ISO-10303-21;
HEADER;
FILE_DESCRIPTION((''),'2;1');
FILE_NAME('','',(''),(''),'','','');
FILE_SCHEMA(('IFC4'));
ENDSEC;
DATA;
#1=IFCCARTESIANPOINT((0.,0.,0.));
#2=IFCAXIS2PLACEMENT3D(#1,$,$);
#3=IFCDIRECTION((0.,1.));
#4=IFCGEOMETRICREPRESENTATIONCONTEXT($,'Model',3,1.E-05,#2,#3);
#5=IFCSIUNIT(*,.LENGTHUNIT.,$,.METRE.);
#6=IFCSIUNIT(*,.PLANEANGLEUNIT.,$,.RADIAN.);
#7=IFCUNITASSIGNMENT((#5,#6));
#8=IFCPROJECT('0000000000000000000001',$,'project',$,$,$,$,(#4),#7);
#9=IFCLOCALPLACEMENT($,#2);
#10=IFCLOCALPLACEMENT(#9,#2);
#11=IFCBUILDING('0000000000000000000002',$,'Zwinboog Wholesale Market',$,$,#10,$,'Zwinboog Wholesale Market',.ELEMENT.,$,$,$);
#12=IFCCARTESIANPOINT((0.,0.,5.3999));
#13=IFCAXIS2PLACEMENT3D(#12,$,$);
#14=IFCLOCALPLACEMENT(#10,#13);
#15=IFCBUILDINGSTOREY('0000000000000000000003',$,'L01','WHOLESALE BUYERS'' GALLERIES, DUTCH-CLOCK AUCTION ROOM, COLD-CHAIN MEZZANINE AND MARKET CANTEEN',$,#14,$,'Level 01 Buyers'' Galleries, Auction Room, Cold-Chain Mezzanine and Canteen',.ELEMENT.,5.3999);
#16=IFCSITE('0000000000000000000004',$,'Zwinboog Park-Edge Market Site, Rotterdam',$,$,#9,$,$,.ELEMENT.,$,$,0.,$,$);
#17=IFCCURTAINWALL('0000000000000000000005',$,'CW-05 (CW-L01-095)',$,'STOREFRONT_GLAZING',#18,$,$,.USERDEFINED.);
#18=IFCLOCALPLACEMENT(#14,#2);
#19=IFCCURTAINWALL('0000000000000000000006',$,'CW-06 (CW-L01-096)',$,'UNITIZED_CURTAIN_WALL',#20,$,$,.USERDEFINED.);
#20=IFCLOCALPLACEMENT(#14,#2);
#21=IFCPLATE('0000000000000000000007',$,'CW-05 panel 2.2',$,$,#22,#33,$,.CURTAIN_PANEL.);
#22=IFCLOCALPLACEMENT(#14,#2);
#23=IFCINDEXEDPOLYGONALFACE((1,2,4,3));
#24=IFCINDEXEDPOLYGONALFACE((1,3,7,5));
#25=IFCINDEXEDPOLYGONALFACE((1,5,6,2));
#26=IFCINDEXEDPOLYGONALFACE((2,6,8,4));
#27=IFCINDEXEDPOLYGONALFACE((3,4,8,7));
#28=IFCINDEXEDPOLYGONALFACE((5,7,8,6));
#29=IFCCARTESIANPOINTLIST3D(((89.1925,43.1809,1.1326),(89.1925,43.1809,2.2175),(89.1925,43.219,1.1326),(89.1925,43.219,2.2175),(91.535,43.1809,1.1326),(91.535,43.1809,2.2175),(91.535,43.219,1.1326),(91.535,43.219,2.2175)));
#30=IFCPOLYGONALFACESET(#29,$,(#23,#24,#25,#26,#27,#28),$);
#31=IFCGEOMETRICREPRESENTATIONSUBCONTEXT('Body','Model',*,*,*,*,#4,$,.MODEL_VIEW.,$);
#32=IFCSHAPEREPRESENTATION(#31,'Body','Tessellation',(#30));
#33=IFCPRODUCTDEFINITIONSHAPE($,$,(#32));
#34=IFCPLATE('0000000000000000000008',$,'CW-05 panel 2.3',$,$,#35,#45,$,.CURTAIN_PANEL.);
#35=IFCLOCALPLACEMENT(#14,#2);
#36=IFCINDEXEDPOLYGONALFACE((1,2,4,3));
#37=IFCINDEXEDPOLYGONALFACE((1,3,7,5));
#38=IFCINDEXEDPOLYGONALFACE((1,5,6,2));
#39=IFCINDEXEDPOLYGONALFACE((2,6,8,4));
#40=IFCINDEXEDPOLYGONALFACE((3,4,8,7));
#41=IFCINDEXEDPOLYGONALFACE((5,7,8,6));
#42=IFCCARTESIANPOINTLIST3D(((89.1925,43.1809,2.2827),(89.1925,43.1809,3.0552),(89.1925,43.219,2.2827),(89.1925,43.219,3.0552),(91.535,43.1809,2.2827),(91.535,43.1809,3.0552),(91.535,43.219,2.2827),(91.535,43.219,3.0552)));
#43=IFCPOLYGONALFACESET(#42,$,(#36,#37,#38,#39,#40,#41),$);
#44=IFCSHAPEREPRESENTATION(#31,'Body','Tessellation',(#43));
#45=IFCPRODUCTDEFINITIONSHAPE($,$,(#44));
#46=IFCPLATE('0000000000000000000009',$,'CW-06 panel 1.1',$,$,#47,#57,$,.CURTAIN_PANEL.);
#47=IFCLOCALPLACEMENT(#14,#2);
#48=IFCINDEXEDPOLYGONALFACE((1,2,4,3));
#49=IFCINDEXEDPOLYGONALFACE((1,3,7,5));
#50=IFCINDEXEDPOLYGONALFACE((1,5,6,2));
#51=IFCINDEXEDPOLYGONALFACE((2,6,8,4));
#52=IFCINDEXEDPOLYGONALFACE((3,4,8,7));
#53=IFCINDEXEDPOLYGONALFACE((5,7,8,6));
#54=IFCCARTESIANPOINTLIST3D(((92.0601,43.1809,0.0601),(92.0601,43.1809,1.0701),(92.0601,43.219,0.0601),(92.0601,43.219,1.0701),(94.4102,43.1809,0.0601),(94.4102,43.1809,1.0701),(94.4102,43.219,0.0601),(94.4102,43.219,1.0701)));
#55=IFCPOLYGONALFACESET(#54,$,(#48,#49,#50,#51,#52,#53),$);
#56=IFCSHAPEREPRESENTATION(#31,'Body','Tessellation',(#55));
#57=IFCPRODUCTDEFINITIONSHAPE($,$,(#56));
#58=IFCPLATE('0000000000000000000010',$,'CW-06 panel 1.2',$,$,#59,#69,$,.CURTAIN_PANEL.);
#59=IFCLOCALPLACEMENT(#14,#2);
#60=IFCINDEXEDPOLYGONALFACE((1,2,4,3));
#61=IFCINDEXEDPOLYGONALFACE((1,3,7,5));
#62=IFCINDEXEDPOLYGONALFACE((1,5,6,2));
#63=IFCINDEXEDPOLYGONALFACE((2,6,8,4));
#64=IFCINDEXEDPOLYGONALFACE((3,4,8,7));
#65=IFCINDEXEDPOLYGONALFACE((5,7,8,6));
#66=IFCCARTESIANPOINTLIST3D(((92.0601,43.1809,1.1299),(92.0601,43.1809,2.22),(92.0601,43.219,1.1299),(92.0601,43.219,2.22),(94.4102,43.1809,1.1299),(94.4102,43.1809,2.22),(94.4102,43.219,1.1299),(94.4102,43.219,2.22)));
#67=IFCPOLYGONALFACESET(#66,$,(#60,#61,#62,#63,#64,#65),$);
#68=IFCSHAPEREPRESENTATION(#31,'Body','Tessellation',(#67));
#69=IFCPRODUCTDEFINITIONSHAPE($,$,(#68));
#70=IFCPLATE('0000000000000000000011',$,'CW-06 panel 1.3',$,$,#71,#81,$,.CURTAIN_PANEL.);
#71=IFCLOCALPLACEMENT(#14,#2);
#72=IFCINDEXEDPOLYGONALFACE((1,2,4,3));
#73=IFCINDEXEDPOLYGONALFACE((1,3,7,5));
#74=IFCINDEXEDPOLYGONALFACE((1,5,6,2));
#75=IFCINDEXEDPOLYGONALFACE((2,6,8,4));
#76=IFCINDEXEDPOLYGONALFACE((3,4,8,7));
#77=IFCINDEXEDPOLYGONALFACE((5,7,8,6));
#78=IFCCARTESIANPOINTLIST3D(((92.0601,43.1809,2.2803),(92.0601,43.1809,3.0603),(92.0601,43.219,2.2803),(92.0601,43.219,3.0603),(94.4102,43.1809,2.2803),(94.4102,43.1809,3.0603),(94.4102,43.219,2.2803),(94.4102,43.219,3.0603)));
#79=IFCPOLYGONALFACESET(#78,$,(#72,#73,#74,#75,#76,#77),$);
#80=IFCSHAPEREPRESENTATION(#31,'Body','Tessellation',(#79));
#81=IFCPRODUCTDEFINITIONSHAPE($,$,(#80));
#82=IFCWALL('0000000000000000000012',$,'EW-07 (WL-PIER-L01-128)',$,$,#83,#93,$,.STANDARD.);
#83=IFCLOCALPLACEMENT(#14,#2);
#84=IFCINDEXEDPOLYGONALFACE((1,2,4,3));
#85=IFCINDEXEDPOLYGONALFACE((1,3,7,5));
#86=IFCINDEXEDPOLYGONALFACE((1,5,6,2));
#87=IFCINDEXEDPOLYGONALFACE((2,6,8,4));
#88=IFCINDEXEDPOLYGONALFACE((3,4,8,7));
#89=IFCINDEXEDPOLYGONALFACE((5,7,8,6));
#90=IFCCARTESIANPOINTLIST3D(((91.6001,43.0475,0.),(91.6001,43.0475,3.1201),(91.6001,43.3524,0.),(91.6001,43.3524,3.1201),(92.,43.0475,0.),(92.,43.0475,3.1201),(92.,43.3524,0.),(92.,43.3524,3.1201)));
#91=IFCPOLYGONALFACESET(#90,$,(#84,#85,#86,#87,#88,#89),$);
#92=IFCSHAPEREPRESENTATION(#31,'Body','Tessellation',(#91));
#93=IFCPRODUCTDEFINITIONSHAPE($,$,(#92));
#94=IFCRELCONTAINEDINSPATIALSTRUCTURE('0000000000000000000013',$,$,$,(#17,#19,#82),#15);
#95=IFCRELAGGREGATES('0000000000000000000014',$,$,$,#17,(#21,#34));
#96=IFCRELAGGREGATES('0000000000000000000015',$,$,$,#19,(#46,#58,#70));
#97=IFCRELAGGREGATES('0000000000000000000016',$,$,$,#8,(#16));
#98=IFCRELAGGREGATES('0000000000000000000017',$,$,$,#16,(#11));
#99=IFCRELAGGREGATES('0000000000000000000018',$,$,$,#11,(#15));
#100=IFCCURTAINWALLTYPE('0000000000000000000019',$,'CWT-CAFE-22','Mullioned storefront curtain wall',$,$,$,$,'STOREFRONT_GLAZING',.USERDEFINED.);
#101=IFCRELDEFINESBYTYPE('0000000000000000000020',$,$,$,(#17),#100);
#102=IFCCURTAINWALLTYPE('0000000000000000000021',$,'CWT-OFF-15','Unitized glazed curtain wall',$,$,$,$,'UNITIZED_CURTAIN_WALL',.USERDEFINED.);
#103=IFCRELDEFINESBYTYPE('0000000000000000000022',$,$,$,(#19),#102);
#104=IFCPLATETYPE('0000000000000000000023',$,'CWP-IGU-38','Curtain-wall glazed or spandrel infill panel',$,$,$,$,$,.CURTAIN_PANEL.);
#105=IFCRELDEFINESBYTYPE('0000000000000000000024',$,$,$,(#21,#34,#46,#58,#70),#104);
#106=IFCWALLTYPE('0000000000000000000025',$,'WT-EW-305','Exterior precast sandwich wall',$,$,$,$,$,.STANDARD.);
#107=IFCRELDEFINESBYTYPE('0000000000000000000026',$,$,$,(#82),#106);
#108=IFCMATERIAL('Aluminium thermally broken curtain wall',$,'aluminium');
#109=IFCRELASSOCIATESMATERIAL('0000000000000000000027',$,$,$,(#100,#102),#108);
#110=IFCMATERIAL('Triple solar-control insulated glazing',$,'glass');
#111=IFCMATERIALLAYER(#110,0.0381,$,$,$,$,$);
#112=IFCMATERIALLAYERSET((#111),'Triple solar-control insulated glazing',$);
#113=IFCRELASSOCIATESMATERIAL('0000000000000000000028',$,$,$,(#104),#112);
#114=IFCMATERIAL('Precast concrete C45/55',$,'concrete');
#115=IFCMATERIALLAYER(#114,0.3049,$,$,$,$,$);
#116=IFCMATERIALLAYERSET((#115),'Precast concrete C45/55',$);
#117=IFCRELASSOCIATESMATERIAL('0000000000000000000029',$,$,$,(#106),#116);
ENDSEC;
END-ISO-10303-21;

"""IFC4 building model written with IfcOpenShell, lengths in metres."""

from ifc_helpers import new_model, si_unit, direction, frame, frame_2d, origin, origin_2d, place, context, subcontext, project, spatial, rectangle, extrude, material, layer, layer_set, type_object, element, aggregate, save


model = new_model("IFC4")

# Units and contexts
model_context = context("Model", 3, precision=1e-05, world=origin(), true_north=direction((0.0, 1.0)))
body_context = subcontext(model_context, "Body", "Model", "MODEL_VIEW")
ifc_project = project(units=[si_unit("LENGTHUNIT", "METRE"), si_unit("PLANEANGLEUNIT", "RADIAN")], contexts=[model_context])

# Site, building, storey
site_placement = place(None, origin())
site = spatial("IfcSite", under=ifc_project, at=site_placement, Name="Zwinboog Park-Edge Market Site, Rotterdam", CompositionType="ELEMENT", RefElevation=0.0)
building_placement = place(site_placement, origin())
building = spatial("IfcBuilding", under=site, at=building_placement, Name="Zwinboog Wholesale Market", LongName="Zwinboog Wholesale Market", CompositionType="ELEMENT")
storey_placement = place(building_placement, frame((0.0, 0.0, 5.3999)))
storey = spatial("IfcBuildingStorey", under=building, at=storey_placement, Name="L01", Description="WHOLESALE BUYERS' GALLERIES, DUTCH-CLOCK AUCTION ROOM, COLD-CHAIN MEZZANINE AND MARKET CANTEEN", LongName="Level 01 Buyers' Galleries, Auction Room, Cold-Chain Mezzanine and Canteen", CompositionType="ELEMENT", Elevation=5.3999)

# Curtain wall
ifc_material_1 = material(Name="Aluminium thermally broken curtain wall", Category="aluminium")
curtain_wall_type_1 = type_object("IfcCurtainWallType", Name="CWT-CAFE-22", Description="Mullioned storefront curtain wall", ElementType="STOREFRONT_GLAZING", PredefinedType="USERDEFINED", material=ifc_material_1)
curtain_wall_1_placement = place(storey_placement, origin())
curtain_wall_1 = element("IfcCurtainWall", 1, at=curtain_wall_1_placement, inside=storey, type_object=curtain_wall_type_1, Name="CW-05 (CW-L01-095)", ObjectType="STOREFRONT_GLAZING", PredefinedType="USERDEFINED")

# Curtain wall
curtain_wall_type_2 = type_object("IfcCurtainWallType", Name="CWT-OFF-15", Description="Unitized glazed curtain wall", ElementType="UNITIZED_CURTAIN_WALL", PredefinedType="USERDEFINED", material=ifc_material_1)
curtain_wall_2_placement = place(storey_placement, origin())
curtain_wall_2 = element("IfcCurtainWall", 2, at=curtain_wall_2_placement, inside=storey, type_object=curtain_wall_type_2, Name="CW-06 (CW-L01-096)", ObjectType="UNITIZED_CURTAIN_WALL", PredefinedType="USERDEFINED")

# Plates
ifc_material_2 = material(Name="Triple solar-control insulated glazing", Category="glass")
ifc_layer_1 = layer(ifc_material_2, 0.0381)
ifc_layer_set_1 = layer_set([ifc_layer_1], Name="Triple solar-control insulated glazing")
plate_type = type_object("IfcPlateType", Name="CWP-IGU-38", Description="Curtain-wall glazed or spandrel infill panel", PredefinedType="CURTAIN_PANEL", material=ifc_layer_set_1)
plate_1_placement = place(storey_placement, frame((90.3638, 43.2, 1.1326), z_axis=(0.0, 0.0, 1.0), x_axis=(1.0, 0.0, 0.0)))
plate_1 = element("IfcPlate", 3, at=plate_1_placement, type_object=plate_type, Name="CW-05 panel 2.2", PredefinedType="CURTAIN_PANEL", context=body_context, shape_type="SweptSolid", body=[
    extrude(rectangle(XDim=2.3425, YDim=0.0381, at=origin_2d()), origin(), (0.0, 0.0, 1.0), 1.085),
])
plate_2_placement = place(storey_placement, frame((90.3638, 43.2, 2.2827), z_axis=(0.0, 0.0, 1.0), x_axis=(1.0, 0.0, 0.0)))
plate_2 = element("IfcPlate", 4, at=plate_2_placement, type_object=plate_type, Name="CW-05 panel 2.3", PredefinedType="CURTAIN_PANEL", context=body_context, shape_type="SweptSolid", body=[
    extrude(rectangle(XDim=2.3425, YDim=0.0381, at=origin_2d()), origin(), (0.0, 0.0, 1.0), 0.7725),
])
aggregate(curtain_wall_1, [plate_1, plate_2])
plate_3_placement = place(storey_placement, frame((93.2351, 43.2, 0.0601), z_axis=(0.0, 0.0, 1.0), x_axis=(1.0, 0.0, 0.0)))
plate_3 = element("IfcPlate", 5, at=plate_3_placement, type_object=plate_type, Name="CW-06 panel 1.1", PredefinedType="CURTAIN_PANEL", context=body_context, shape_type="SweptSolid", body=[
    extrude(rectangle(XDim=2.3501, YDim=0.0381, at=origin_2d()), origin(), (0.0, 0.0, 1.0), 1.01),
])
plate_4_placement = place(storey_placement, frame((93.2351, 43.2, 1.1299), z_axis=(0.0, 0.0, 1.0), x_axis=(1.0, 0.0, 0.0)))
plate_4 = element("IfcPlate", 6, at=plate_4_placement, type_object=plate_type, Name="CW-06 panel 1.2", PredefinedType="CURTAIN_PANEL", context=body_context, shape_type="SweptSolid", body=[
    extrude(rectangle(XDim=2.3501, YDim=0.0381, at=origin_2d()), origin(), (0.0, 0.0, 1.0), 1.0901),
])
plate_5_placement = place(storey_placement, frame((93.2351, 43.2, 2.2803), z_axis=(0.0, 0.0, 1.0), x_axis=(1.0, 0.0, 0.0)))
plate_5 = element("IfcPlate", 7, at=plate_5_placement, type_object=plate_type, Name="CW-06 panel 1.3", PredefinedType="CURTAIN_PANEL", context=body_context, shape_type="SweptSolid", body=[
    extrude(rectangle(XDim=2.3501, YDim=0.0381, at=origin_2d()), origin(), (0.0, 0.0, 1.0), 0.78),
])
aggregate(curtain_wall_2, [plate_3, plate_4, plate_5])

# Wall
ifc_material_3 = material(Name="Precast concrete C45/55", Category="concrete")
ifc_layer_2 = layer(ifc_material_3, 0.3049)
ifc_layer_set_2 = layer_set([ifc_layer_2], Name="Precast concrete C45/55")
wall_type = type_object("IfcWallType", Name="WT-EW-305", Description="Exterior precast sandwich wall", PredefinedType="STANDARD", material=ifc_layer_set_2)
wall_placement = place(storey_placement, frame((91.6001, 43.2, 0.0), z_axis=(0.0, 0.0, 1.0), x_axis=(1.0, 0.0, 0.0)))
element("IfcWall", 8, at=wall_placement, inside=storey, type_object=wall_type, Name="EW-07 (WL-PIER-L01-128)", PredefinedType="STANDARD", context=body_context, shape_type="SweptSolid", body=[
    extrude(rectangle(XDim=0.3999, YDim=0.3049, at=frame_2d((0.2, 0.0))), origin(), (0.0, 0.0, 1.0), 3.1201),
])

save(model, "model.ifc")
